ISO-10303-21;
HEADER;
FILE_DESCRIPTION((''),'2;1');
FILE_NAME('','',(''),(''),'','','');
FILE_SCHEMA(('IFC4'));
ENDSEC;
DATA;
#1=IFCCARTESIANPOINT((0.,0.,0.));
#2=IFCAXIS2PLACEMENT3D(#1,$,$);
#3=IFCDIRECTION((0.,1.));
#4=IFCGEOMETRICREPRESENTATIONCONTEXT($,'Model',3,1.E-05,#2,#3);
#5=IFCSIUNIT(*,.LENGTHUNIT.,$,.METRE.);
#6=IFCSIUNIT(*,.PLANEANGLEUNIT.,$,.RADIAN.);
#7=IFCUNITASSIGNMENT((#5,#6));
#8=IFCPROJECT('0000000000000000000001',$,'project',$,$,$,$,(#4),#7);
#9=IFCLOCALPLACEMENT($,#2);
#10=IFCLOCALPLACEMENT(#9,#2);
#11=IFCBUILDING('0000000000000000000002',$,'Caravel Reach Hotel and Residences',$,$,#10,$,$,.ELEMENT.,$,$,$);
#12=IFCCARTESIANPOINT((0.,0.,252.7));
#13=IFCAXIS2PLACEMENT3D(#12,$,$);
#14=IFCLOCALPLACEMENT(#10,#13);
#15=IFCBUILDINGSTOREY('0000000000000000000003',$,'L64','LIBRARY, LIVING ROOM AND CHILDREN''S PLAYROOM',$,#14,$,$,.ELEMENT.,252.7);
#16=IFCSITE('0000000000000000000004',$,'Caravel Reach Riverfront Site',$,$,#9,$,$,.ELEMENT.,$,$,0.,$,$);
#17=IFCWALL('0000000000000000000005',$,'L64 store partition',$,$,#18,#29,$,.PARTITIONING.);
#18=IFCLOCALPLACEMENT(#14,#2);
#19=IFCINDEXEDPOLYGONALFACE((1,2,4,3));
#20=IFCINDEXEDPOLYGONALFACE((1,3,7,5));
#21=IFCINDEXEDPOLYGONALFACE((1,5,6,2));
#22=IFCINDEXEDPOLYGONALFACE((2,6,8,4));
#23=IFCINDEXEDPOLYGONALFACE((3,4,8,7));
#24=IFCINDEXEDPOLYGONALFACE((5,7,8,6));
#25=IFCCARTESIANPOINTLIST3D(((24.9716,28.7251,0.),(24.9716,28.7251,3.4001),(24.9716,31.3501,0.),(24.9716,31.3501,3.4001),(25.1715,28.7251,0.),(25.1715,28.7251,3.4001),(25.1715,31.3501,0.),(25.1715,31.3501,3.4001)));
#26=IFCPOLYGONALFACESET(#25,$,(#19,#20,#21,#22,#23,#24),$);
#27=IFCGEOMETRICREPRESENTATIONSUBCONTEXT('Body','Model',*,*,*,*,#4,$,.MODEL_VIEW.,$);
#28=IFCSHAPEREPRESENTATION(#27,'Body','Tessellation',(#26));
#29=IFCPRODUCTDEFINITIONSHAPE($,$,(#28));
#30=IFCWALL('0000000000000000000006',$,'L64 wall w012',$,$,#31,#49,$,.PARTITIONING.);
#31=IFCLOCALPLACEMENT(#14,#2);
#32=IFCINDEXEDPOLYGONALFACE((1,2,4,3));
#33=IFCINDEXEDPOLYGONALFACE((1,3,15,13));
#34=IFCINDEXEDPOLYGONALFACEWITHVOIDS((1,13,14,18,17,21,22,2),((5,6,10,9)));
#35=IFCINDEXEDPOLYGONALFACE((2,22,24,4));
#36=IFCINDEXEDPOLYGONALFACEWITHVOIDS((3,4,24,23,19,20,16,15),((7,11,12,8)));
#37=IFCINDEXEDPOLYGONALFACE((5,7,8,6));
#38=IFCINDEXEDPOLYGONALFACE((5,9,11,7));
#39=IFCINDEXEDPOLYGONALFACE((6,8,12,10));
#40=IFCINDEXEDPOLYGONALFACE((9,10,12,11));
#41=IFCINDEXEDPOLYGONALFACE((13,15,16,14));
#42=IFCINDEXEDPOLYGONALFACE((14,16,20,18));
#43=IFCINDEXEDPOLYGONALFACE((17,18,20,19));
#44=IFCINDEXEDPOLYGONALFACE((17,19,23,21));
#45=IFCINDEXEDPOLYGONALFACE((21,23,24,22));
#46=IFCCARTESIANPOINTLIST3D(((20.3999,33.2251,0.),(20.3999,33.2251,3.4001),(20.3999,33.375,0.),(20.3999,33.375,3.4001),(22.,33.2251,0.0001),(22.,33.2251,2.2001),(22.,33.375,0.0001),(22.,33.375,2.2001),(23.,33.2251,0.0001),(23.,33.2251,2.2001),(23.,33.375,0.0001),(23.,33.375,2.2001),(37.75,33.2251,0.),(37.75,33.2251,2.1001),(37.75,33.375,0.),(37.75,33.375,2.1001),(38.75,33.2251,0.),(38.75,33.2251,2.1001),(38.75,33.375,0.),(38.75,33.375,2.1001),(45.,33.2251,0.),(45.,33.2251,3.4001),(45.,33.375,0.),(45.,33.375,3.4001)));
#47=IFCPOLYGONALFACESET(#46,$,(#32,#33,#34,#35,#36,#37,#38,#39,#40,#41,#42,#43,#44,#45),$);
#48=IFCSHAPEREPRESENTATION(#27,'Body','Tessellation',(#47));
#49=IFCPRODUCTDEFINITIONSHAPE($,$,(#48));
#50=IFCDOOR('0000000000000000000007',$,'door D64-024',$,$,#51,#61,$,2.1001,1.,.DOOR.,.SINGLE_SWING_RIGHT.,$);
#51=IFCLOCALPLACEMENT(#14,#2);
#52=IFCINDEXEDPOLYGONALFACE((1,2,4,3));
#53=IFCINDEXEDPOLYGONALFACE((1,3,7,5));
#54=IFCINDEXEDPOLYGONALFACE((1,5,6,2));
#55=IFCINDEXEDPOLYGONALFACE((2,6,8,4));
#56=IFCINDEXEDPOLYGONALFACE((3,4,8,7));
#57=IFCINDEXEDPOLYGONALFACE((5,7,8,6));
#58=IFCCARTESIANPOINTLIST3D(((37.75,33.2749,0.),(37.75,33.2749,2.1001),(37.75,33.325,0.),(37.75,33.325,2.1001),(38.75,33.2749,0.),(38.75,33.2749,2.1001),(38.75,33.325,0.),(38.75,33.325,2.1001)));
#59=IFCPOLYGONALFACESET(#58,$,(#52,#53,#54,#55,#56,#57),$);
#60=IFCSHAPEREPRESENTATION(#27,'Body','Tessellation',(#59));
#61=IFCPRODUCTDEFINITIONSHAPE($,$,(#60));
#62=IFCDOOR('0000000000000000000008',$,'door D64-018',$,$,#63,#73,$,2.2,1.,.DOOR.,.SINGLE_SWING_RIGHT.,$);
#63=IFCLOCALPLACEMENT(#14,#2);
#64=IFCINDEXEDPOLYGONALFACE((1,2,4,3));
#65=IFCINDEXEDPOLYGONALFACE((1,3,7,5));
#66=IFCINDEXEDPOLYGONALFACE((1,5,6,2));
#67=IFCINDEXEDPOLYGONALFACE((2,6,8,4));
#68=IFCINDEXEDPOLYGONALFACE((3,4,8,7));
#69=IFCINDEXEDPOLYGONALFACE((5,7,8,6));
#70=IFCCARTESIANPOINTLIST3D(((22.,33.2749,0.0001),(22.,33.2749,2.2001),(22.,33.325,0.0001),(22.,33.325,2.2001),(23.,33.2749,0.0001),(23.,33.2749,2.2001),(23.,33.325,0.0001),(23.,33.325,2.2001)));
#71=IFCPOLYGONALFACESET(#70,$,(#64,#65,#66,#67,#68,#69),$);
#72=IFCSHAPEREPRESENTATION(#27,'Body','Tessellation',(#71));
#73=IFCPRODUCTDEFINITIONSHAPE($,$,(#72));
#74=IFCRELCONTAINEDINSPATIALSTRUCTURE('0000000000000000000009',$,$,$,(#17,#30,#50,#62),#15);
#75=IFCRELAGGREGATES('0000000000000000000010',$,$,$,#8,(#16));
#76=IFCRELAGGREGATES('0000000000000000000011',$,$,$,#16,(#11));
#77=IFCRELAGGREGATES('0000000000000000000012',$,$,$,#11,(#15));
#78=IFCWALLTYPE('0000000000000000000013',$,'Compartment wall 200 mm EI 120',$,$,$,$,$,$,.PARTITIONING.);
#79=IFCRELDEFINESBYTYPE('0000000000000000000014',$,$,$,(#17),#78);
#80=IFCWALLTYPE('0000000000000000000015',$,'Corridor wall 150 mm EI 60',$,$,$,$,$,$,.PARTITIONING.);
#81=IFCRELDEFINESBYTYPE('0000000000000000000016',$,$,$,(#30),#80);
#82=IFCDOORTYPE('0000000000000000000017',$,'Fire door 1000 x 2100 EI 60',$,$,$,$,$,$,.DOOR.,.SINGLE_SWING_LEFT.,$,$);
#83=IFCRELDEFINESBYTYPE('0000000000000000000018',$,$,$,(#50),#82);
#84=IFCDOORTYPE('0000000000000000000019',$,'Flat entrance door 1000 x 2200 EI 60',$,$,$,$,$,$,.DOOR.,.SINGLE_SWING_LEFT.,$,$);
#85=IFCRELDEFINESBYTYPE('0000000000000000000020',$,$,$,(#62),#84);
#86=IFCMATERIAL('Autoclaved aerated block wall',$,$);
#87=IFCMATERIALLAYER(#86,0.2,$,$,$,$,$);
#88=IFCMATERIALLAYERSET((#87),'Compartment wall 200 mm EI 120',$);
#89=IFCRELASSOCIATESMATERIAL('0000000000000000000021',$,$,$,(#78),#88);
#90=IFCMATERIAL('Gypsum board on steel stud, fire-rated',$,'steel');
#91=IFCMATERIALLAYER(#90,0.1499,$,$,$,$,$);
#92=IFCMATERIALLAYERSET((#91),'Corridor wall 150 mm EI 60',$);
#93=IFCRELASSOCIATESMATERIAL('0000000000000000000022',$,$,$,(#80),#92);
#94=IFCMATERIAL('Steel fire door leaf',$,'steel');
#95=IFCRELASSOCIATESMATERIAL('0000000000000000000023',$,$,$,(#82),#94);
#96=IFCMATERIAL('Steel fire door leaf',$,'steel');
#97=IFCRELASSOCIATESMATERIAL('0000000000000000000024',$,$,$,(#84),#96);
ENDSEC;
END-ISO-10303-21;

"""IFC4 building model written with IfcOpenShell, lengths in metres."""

from ifc_helpers import new_model, si_unit, direction, frame, frame_2d, origin, place, context, subcontext, project, spatial, rectangle, extrude, material, layer, layer_set, type_object, element, fill, save


model = new_model("IFC4")

# Units and contexts
model_context = context("Model", 3, precision=1e-05, world=origin(), true_north=direction((0.0, 1.0)))
body_context = subcontext(model_context, "Body", "Model", "MODEL_VIEW")
ifc_project = project(units=[si_unit("LENGTHUNIT", "METRE"), si_unit("PLANEANGLEUNIT", "RADIAN")], contexts=[model_context])

# Site, building, storey
site_placement = place(None, origin())
site = spatial("IfcSite", under=ifc_project, at=site_placement, Name="Caravel Reach Riverfront Site", CompositionType="ELEMENT", RefElevation=0.0)
building_placement = place(site_placement, origin())
building = spatial("IfcBuilding", under=site, at=building_placement, Name="Caravel Reach Hotel and Residences", CompositionType="ELEMENT")
storey_placement = place(building_placement, frame((0.0, 0.0, 252.7)))
storey = spatial("IfcBuildingStorey", under=building, at=storey_placement, Name="L64", Description="LIBRARY, LIVING ROOM AND CHILDREN'S PLAYROOM", CompositionType="ELEMENT", Elevation=252.7)

# Wall
ifc_material_1 = material(Name="Autoclaved aerated block wall")
ifc_layer_1 = layer(ifc_material_1, 0.2)
ifc_layer_set_1 = layer_set([ifc_layer_1], Name="Compartment wall 200 mm EI 120")
wall_type_1 = type_object("IfcWallType", Name="Compartment wall 200 mm EI 120", PredefinedType="PARTITIONING", material=ifc_layer_set_1)
wall_1_placement = place(storey_placement, frame((25.0715, 28.7251, 0.0), z_axis=(0.0, 0.0, 1.0), x_axis=(0.0, 1.0, 0.0)))
element("IfcWall", 1, at=wall_1_placement, inside=storey, type_object=wall_type_1, Name="L64 store partition", PredefinedType="PARTITIONING", context=body_context, shape_type="SweptSolid", body=[
    extrude(rectangle(XDim=2.625, YDim=0.2, at=frame_2d((1.3125, 0.0))), origin(), (0.0, 0.0, 1.0), 3.4001),
])

# Wall, openings, doors
ifc_material_2 = material(Name="Gypsum board on steel stud, fire-rated", Category="steel")
ifc_layer_2 = layer(ifc_material_2, 0.1499)
ifc_layer_set_2 = layer_set([ifc_layer_2], Name="Corridor wall 150 mm EI 60")
wall_type_2 = type_object("IfcWallType", Name="Corridor wall 150 mm EI 60", PredefinedType="PARTITIONING", material=ifc_layer_set_2)
wall_2_placement = place(storey_placement, frame((20.3999, 33.3, 0.0), z_axis=(0.0, 0.0, 1.0), x_axis=(1.0, 0.0, 0.0)))
wall_2 = element("IfcWall", 2, at=wall_2_placement, inside=storey, type_object=wall_type_2, Name="L64 wall w012", PredefinedType="PARTITIONING", context=body_context, shape_type="SweptSolid", body=[
    extrude(rectangle(XDim=24.6001, YDim=0.1499, at=frame_2d((12.3, 0.0))), origin(), (0.0, 0.0, 1.0), 3.4001),
])
opening_1_placement = place(wall_2_placement, frame((1.6001, 0.0, 0.0)))
opening_1 = element("IfcOpeningElement", 3, at=opening_1_placement, cuts=wall_2, PredefinedType="OPENING", context=body_context, shape_type="SweptSolid", body=[
    extrude(rectangle(XDim=1.0, YDim=2.2, at=frame_2d((0.5, 1.1001))), frame((0.0, 0.085, 0.0), z_axis=(0.0, -1.0, 0.0), x_axis=(1.0, 0.0, 0.0)), (0.0, 0.0, 1.0), 0.1699),
])
opening_2_placement = place(wall_2_placement, frame((17.3501, 0.0, 0.0)))
opening_2 = element("IfcOpeningElement", 4, at=opening_2_placement, cuts=wall_2, PredefinedType="OPENING", context=body_context, shape_type="SweptSolid", body=[
    extrude(rectangle(XDim=1.0, YDim=2.1001, at=frame_2d((0.5, 1.05))), frame((0.0, 0.085, 0.0), z_axis=(0.0, -1.0, 0.0), x_axis=(1.0, 0.0, 0.0)), (0.0, 0.0, 1.0), 0.1699),
])
ifc_material_3 = material(Name="Steel fire door leaf", Category="steel")
door_type_1 = type_object("IfcDoorType", Name="Fire door 1000 x 2100 EI 60", OperationType="SINGLE_SWING_LEFT", PredefinedType="DOOR", material=ifc_material_3)
door_1_placement = place(opening_2_placement, origin())
door_1 = element("IfcDoor", 5, at=door_1_placement, inside=storey, type_object=door_type_1, Name="door D64-024", OperationType="SINGLE_SWING_RIGHT", OverallHeight=2.1001, OverallWidth=1.0, PredefinedType="DOOR", context=body_context, shape_type="SweptSolid", body=[
    extrude(rectangle(XDim=1.0, YDim=2.1001, at=frame_2d((0.5, 1.05))), frame((0.0, 0.0249, 0.0), z_axis=(0.0, -1.0, 0.0), x_axis=(1.0, 0.0, 0.0)), (0.0, 0.0, 1.0), 0.05),
])
fill(opening_2, door_1)
ifc_material_4 = material(Name="Steel fire door leaf", Category="steel")
door_type_2 = type_object("IfcDoorType", Name="Flat entrance door 1000 x 2200 EI 60", OperationType="SINGLE_SWING_LEFT", PredefinedType="DOOR", material=ifc_material_4)
door_2_placement = place(opening_1_placement, origin())
door_2 = element("IfcDoor", 6, at=door_2_placement, inside=storey, type_object=door_type_2, Name="door D64-018", OperationType="SINGLE_SWING_RIGHT", OverallHeight=2.2, OverallWidth=1.0, PredefinedType="DOOR", context=body_context, shape_type="SweptSolid", body=[
    extrude(rectangle(XDim=1.0, YDim=2.2, at=frame_2d((0.5, 1.1001))), frame((0.0, 0.0249, 0.0), z_axis=(0.0, -1.0, 0.0), x_axis=(1.0, 0.0, 0.0)), (0.0, 0.0, 1.0), 0.05),
])
fill(opening_1, door_2)

save(model, "model.ifc")
